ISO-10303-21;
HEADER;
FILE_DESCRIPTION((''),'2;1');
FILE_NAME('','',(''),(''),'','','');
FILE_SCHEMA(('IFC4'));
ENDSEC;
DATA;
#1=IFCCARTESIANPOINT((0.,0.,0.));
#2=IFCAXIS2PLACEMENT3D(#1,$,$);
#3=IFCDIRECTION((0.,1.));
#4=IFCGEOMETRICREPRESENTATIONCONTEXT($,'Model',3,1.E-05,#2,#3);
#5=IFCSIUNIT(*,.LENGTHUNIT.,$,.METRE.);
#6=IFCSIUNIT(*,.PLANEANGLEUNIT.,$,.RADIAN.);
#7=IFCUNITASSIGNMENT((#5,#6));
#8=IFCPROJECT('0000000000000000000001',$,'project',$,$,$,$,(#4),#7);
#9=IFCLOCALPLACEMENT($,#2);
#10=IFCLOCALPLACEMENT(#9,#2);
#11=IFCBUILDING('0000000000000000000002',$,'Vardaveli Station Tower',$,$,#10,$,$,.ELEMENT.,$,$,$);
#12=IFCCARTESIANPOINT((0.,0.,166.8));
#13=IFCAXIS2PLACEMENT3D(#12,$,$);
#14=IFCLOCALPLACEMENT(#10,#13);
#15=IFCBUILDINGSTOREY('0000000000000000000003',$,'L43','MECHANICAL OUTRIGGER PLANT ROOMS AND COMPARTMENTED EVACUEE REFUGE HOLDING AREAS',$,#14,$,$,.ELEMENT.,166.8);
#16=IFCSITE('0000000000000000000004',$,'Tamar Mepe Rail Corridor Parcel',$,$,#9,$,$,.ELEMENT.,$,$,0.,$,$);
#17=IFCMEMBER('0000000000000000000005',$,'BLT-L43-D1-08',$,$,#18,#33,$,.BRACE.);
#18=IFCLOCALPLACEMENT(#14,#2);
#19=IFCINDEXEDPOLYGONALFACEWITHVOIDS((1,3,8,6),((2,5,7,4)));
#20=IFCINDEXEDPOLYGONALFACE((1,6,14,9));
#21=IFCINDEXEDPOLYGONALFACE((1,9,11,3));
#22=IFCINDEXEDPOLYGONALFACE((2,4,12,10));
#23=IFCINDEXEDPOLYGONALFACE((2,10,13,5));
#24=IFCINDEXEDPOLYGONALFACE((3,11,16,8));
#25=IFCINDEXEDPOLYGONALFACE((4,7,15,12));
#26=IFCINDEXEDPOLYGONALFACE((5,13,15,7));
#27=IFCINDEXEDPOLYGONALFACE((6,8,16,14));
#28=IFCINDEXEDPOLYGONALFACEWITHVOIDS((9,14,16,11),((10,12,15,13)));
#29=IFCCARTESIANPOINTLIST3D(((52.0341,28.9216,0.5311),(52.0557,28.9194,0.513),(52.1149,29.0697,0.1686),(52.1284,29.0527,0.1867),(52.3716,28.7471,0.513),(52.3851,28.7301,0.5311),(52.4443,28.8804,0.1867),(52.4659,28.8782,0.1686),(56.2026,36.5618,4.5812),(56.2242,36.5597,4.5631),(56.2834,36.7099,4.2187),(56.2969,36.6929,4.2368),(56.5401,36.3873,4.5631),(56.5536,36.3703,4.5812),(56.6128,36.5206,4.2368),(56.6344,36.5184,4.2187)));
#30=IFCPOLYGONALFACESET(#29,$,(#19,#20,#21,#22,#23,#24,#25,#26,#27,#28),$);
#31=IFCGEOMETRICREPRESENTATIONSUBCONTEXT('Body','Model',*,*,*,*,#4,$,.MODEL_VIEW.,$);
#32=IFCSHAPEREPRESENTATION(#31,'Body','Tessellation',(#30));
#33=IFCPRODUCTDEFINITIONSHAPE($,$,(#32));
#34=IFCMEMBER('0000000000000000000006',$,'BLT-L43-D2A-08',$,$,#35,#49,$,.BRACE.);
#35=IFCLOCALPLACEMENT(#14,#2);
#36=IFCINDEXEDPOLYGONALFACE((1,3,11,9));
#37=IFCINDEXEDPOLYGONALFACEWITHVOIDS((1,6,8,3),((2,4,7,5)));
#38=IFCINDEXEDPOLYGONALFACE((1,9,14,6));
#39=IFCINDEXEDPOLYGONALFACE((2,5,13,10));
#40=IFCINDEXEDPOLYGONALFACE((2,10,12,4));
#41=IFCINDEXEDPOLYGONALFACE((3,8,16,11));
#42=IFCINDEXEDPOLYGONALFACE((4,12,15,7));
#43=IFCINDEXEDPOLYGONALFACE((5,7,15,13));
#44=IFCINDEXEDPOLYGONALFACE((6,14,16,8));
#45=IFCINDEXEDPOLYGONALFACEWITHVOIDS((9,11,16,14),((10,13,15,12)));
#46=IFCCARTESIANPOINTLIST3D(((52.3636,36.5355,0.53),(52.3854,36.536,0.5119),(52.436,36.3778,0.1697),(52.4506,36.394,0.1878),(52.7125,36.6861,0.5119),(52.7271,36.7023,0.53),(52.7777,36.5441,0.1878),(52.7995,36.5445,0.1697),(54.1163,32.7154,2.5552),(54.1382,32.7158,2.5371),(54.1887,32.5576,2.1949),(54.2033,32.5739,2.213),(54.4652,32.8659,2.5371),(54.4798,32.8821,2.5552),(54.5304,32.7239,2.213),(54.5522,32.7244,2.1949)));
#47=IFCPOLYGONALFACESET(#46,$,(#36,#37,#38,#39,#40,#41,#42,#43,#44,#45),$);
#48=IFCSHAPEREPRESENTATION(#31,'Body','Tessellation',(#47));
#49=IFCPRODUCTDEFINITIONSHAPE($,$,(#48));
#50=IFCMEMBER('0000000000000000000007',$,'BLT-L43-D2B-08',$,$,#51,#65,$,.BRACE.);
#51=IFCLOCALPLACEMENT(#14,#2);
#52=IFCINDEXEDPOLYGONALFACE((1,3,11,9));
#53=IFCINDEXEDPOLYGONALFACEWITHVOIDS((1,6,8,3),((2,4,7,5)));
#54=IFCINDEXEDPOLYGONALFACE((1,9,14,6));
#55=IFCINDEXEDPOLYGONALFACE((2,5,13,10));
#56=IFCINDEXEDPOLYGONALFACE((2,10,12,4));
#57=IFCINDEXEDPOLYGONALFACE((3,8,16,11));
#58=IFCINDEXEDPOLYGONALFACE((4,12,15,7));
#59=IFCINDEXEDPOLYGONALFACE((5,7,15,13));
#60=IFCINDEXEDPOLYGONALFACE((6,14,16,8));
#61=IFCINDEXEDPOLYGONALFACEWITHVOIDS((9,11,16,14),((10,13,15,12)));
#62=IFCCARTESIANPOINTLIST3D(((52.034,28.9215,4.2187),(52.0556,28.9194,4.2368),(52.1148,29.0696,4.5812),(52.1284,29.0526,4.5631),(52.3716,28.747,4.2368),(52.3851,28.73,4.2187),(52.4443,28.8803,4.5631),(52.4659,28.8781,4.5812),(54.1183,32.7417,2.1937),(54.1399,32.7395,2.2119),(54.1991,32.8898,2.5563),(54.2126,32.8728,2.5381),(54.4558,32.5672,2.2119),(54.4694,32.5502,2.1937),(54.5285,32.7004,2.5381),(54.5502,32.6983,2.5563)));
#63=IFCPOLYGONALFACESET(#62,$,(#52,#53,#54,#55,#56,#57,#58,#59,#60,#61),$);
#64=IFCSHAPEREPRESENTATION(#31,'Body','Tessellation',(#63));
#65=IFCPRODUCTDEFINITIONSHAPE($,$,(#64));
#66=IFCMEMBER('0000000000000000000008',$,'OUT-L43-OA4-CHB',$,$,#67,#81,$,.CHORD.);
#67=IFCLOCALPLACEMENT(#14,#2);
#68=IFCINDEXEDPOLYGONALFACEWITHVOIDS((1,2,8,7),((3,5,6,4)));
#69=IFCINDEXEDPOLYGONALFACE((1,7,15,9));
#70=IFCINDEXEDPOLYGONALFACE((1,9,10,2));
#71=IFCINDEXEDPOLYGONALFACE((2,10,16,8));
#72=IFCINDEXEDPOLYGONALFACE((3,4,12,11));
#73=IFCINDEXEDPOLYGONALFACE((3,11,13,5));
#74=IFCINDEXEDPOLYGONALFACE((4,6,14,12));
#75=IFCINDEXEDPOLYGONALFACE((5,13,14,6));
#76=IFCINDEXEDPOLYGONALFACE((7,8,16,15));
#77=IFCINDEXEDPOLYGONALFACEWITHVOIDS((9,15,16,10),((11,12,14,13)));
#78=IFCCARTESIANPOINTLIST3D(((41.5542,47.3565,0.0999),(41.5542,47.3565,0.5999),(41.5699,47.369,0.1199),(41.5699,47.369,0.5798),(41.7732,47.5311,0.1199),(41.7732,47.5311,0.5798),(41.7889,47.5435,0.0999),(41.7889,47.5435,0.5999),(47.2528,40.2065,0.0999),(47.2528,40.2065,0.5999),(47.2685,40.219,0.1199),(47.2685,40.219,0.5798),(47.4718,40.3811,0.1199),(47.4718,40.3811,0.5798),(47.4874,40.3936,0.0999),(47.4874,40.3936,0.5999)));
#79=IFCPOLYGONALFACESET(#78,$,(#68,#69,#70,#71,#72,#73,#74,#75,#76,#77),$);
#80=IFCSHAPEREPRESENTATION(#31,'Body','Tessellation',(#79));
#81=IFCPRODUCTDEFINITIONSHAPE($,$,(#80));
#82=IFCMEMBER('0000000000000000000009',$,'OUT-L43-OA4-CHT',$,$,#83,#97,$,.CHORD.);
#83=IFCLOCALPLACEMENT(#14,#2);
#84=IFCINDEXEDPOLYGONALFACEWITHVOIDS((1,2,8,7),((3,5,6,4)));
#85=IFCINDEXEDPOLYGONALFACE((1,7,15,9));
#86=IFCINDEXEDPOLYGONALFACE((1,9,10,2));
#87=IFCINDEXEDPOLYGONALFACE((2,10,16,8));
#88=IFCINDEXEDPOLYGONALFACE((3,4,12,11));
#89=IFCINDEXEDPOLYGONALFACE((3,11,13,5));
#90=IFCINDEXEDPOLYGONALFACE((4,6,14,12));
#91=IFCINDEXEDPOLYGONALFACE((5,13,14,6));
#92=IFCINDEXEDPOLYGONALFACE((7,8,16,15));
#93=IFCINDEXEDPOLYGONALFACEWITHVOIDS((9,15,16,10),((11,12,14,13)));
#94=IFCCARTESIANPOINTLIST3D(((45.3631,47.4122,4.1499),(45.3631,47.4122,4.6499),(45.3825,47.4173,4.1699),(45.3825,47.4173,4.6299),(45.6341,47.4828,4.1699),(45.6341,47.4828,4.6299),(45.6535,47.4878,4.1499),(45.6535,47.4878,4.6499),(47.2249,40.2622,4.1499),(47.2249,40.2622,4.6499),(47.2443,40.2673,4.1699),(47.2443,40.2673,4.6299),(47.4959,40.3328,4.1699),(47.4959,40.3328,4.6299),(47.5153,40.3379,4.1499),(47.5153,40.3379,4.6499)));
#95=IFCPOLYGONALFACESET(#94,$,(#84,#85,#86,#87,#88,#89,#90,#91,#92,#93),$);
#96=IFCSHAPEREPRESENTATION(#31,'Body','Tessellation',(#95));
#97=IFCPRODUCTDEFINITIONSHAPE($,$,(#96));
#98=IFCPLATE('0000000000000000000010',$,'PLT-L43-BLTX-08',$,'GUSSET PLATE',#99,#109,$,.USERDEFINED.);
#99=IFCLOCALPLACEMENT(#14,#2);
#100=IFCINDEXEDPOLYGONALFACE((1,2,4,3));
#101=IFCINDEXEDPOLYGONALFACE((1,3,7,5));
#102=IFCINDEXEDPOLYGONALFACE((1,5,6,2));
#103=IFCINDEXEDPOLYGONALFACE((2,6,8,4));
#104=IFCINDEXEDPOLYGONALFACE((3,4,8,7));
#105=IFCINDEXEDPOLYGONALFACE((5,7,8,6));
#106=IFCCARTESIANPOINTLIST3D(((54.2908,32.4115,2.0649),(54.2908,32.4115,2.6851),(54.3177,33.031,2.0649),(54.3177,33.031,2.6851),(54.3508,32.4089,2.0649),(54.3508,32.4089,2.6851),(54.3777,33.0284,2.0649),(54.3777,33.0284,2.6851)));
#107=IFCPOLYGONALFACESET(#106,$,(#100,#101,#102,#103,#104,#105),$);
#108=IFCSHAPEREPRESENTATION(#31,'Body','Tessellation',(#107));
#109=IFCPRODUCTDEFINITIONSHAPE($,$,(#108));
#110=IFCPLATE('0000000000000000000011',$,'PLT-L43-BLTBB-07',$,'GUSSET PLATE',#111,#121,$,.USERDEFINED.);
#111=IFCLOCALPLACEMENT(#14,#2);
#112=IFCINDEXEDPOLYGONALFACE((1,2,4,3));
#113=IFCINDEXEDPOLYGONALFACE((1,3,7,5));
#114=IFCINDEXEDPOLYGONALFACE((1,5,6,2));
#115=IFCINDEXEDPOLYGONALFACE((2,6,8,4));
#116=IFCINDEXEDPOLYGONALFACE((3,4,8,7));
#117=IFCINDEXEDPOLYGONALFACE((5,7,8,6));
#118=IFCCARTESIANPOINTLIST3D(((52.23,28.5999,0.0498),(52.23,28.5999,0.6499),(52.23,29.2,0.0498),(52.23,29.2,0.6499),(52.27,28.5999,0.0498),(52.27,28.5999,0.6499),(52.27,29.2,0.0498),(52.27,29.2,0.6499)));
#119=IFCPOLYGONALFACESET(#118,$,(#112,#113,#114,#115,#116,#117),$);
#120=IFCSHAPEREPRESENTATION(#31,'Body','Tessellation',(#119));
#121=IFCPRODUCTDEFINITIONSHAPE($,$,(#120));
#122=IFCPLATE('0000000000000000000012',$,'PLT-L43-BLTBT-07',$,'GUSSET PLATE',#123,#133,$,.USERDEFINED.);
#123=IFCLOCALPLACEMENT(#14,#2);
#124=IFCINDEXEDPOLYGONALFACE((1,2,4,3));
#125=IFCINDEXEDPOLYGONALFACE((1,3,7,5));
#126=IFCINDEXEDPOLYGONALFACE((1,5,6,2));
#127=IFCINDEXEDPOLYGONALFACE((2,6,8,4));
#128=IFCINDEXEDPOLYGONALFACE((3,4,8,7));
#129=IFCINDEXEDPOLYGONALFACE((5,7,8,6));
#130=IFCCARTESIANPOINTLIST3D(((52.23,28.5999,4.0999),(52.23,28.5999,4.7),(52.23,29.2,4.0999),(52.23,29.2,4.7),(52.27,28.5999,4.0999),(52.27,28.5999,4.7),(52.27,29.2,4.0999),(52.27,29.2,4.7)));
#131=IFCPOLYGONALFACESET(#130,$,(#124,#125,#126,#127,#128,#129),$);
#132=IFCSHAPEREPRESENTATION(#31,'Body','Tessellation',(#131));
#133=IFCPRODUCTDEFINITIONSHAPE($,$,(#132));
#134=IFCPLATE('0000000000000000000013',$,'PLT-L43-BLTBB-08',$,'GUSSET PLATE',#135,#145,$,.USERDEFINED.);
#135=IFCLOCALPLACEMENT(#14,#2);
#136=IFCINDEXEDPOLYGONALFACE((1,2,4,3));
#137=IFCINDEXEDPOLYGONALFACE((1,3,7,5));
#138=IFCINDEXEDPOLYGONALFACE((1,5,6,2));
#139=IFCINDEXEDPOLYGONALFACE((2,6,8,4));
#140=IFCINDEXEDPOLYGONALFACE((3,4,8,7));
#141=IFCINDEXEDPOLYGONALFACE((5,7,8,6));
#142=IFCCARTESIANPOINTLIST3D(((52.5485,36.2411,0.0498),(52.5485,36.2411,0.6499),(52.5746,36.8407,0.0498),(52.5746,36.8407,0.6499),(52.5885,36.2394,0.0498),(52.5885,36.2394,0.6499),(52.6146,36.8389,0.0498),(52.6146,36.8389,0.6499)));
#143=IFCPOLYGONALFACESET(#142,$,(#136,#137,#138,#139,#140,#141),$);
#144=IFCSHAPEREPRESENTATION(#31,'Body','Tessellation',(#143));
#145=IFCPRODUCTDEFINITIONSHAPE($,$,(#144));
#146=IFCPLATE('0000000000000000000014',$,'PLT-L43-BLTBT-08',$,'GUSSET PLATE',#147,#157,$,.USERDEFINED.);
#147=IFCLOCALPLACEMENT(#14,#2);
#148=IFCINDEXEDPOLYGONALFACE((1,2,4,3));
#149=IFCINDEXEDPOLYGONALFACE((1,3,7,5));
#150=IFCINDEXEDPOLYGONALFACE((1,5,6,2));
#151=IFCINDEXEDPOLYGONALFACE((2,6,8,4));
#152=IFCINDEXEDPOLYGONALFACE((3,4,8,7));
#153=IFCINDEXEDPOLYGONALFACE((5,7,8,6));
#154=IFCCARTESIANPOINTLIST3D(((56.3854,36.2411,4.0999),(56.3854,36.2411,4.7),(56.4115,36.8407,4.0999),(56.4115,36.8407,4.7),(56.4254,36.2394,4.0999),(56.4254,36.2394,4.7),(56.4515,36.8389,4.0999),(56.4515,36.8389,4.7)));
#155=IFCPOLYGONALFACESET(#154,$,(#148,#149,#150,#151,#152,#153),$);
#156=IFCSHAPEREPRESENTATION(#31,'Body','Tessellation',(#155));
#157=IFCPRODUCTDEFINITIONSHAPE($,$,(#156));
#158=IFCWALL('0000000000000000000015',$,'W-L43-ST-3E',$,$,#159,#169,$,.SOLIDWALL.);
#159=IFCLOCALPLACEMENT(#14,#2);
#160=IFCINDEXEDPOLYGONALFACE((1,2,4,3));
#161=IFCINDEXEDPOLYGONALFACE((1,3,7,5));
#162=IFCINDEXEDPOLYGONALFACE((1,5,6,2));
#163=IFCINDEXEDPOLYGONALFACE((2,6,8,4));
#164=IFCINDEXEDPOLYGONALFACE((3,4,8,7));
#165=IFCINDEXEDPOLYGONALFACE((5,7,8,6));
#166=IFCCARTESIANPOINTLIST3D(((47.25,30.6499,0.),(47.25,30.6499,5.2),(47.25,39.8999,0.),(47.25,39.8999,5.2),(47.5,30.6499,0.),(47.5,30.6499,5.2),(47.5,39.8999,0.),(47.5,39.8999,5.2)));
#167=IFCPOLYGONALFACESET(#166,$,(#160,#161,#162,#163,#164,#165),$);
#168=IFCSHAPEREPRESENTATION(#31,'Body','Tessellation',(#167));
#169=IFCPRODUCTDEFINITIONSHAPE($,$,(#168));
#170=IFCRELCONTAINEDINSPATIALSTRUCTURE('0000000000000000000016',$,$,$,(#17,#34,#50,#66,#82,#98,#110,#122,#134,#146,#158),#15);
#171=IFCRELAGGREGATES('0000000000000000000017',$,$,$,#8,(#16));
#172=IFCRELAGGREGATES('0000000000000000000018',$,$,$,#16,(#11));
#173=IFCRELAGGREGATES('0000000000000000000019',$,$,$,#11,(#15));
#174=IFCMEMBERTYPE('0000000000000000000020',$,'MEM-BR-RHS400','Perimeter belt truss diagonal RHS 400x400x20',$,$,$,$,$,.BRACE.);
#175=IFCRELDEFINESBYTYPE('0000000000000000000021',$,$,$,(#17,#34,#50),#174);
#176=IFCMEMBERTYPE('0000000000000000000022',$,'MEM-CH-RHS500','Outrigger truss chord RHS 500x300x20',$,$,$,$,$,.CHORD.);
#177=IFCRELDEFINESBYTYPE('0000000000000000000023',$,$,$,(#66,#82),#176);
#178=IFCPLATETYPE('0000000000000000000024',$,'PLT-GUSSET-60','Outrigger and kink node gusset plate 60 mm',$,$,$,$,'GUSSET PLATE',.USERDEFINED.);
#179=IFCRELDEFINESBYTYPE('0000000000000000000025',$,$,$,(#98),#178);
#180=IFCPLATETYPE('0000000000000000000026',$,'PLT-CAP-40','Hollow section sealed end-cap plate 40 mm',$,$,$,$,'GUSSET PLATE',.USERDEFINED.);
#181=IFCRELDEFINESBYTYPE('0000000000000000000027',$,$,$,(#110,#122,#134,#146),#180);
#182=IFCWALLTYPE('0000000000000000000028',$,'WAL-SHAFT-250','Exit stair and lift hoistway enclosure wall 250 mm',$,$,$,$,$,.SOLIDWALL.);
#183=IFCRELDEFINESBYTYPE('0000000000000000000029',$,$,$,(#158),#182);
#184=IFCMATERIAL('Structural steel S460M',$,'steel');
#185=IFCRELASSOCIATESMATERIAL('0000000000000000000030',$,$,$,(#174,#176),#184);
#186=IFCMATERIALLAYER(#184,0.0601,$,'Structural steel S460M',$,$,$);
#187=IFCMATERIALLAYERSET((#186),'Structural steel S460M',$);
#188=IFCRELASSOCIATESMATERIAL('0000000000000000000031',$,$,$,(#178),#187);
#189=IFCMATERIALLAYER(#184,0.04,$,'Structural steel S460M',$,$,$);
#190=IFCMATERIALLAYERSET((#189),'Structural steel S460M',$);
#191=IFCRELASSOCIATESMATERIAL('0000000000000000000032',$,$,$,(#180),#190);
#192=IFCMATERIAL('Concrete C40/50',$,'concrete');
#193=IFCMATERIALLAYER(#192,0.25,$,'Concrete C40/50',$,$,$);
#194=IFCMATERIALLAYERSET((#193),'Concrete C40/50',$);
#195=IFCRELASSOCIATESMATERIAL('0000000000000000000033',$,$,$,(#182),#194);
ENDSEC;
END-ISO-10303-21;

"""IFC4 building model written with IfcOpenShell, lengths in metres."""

from ifc_helpers import new_model, si_unit, direction, frame, frame_2d, origin, origin_2d, place, context, subcontext, project, spatial, rectangle, hollow_rectangle, extrude, source, transform, mapped, material, layer, layer_set, material_profile, profile_set, type_object, element, save


model = new_model("IFC4")

# Units and contexts
model_context = context("Model", 3, precision=1e-05, world=origin(), true_north=direction((0.0, 1.0)))
body_context = subcontext(model_context, "Body", "Model", "MODEL_VIEW")
ifc_project = project(units=[si_unit("LENGTHUNIT", "METRE"), si_unit("PLANEANGLEUNIT", "RADIAN")], contexts=[model_context])

# Site, building, storey
site_placement = place(None, origin())
site = spatial("IfcSite", under=ifc_project, at=site_placement, Name="Tamar Mepe Rail Corridor Parcel", CompositionType="ELEMENT", RefElevation=0.0)
building_placement = place(site_placement, origin())
building = spatial("IfcBuilding", under=site, at=building_placement, Name="Vardaveli Station Tower", CompositionType="ELEMENT")
storey_placement = place(building_placement, frame((0.0, 0.0, 166.8)))
storey = spatial("IfcBuildingStorey", under=building, at=storey_placement, Name="L43", Description="MECHANICAL OUTRIGGER PLANT ROOMS AND COMPARTMENTED EVACUEE REFUGE HOLDING AREAS", CompositionType="ELEMENT", Elevation=166.8)

# Shared definitions
ifc_material_1 = material(Name="Structural steel S460M", Category="steel")

# Members
ifc_material_profile_1 = material_profile(ifc_material_1, hollow_rectangle(XDim=0.3999, YDim=0.3999, WallThickness=0.02, at=origin_2d()), Name="RHS 400x400x20")
ifc_profile_set_1 = profile_set([ifc_material_profile_1], Name="Structural steel S460M")
member_type_1 = type_object("IfcMemberType", Name="MEM-BR-RHS400", Description="Perimeter belt truss diagonal RHS 400x400x20", PredefinedType="BRACE", material=ifc_profile_set_1)
shared_shape_1 = source(origin(), body_context, "Body", "SweptSolid", [
    extrude(hollow_rectangle(XDim=0.3999, YDim=0.3999, WallThickness=0.02, at=origin_2d()), origin(), (0.0, 0.0, 1.0), 9.5996),
])
member_1_placement = place(storey_placement, frame((52.25, 28.8999, 0.3499), z_axis=(0.434236, 0.795888, 0.421902), x_axis=(-0.877842, 0.47895, 0.0)))
element("IfcMember", 1, at=member_1_placement, inside=storey, type_object=member_type_1, Name="BLT-L43-D1-08", PredefinedType="BRACE", context=body_context, shape_type="MappedRepresentation", body=[
    mapped(shared_shape_1, transform((0.0, 0.0, 0.0), scale=1.0)),
])
shared_shape_2 = source(origin(), body_context, "Body", "SweptSolid", [
    extrude(hollow_rectangle(XDim=0.3999, YDim=0.3999, WallThickness=0.02, at=origin_2d()), origin(), (0.0, 0.0, 1.0), 4.6655),
])
member_2_placement = place(storey_placement, frame((52.5815, 36.54, 0.3499), z_axis=(0.375677, -0.818807, 0.434077), x_axis=(0.908901, 0.417013, 0.0)))
element("IfcMember", 2, at=member_2_placement, inside=storey, type_object=member_type_1, Name="BLT-L43-D2A-08", PredefinedType="BRACE", context=body_context, shape_type="MappedRepresentation", body=[
    mapped(shared_shape_2, transform((0.0, 0.0, 0.0), scale=1.0)),
])
shared_shape_3 = source(origin(), body_context, "Body", "SweptSolid", [
    extrude(hollow_rectangle(XDim=0.3999, YDim=0.3999, WallThickness=0.02, at=origin_2d()), origin(), (0.0, 0.0, 1.0), 4.7998),
])
member_3_placement = place(storey_placement, frame((54.3342, 32.72, 2.375), z_axis=(-0.434241, -0.795897, 0.421881), x_axis=(0.877842, -0.47895, 0.0)))
element("IfcMember", 3, at=member_3_placement, inside=storey, type_object=member_type_1, Name="BLT-L43-D2B-08", PredefinedType="BRACE", context=body_context, shape_type="MappedRepresentation", body=[
    mapped(shared_shape_3, transform((0.0, 0.0, 0.0), scale=1.0)),
])
ifc_material_profile_2 = material_profile(ifc_material_1, hollow_rectangle(XDim=0.3, YDim=0.5, WallThickness=0.02, at=origin_2d()), Name="RHS 500x300x20")
ifc_profile_set_2 = profile_set([ifc_material_profile_2], Name="Structural steel S460M")
member_type_2 = type_object("IfcMemberType", Name="MEM-CH-RHS500", Description="Outrigger truss chord RHS 500x300x20", PredefinedType="CHORD", material=ifc_profile_set_2)
shared_shape_4 = source(origin(), body_context, "Body", "SweptSolid", [
    extrude(hollow_rectangle(XDim=0.3, YDim=0.5, WallThickness=0.02, at=origin_2d()), origin(), (0.0, 0.0, 1.0), 9.1431),
])
member_4_placement = place(storey_placement, frame((47.3701, 40.3, 0.3499), z_axis=(-0.623264, 0.782011, 0.0), x_axis=(-0.782011, -0.623264, 0.0)))
element("IfcMember", 4, at=member_4_placement, inside=storey, type_object=member_type_2, Name="OUT-L43-OA4-CHB", PredefinedType="CHORD", context=body_context, shape_type="MappedRepresentation", body=[
    mapped(shared_shape_4, transform((0.0, 0.0, 0.0), scale=1.0)),
])
shared_shape_5 = source(origin(), body_context, "Body", "SweptSolid", [
    extrude(hollow_rectangle(XDim=0.3, YDim=0.5, WallThickness=0.02, at=origin_2d()), origin(), (0.0, 0.0, 1.0), 7.3884),
])
member_5_placement = place(storey_placement, frame((47.3701, 40.3, 4.3999), z_axis=(-0.251994, 0.967729, 0.0), x_axis=(-0.967729, -0.251994, 0.0)))
element("IfcMember", 5, at=member_5_placement, inside=storey, type_object=member_type_2, Name="OUT-L43-OA4-CHT", PredefinedType="CHORD", context=body_context, shape_type="MappedRepresentation", body=[
    mapped(shared_shape_5, transform((0.0, 0.0, 0.0), scale=1.0)),
])

# Plates
ifc_layer_1 = layer(ifc_material_1, 0.0601, Name="Structural steel S460M")
ifc_layer_set_1 = layer_set([ifc_layer_1], Name="Structural steel S460M")
plate_type_1 = type_object("IfcPlateType", Name="PLT-GUSSET-60", Description="Outrigger and kink node gusset plate 60 mm", ElementType="GUSSET PLATE", PredefinedType="USERDEFINED", material=ifc_layer_set_1)
shared_shape_6 = source(origin(), body_context, "Body", "SweptSolid", [
    extrude(rectangle(XDim=0.6201, YDim=0.0601, at=origin_2d()), origin(), (0.0, 0.0, 1.0), 0.6201),
])
plate_placement = place(storey_placement, frame((54.3342, 32.72, 2.0649), z_axis=(0.0, 0.0, 1.0), x_axis=(0.043445, 0.999056, 0.0)))
element("IfcPlate", 6, at=plate_placement, inside=storey, type_object=plate_type_1, Name="PLT-L43-BLTX-08", ObjectType="GUSSET PLATE", PredefinedType="USERDEFINED", context=body_context, shape_type="MappedRepresentation", body=[
    mapped(shared_shape_6, transform((0.0, 0.0, 0.0), scale=1.0)),
])
ifc_layer_2 = layer(ifc_material_1, 0.04, Name="Structural steel S460M")
ifc_layer_set_2 = layer_set([ifc_layer_2], Name="Structural steel S460M")
plate_type_2 = type_object("IfcPlateType", Name="PLT-CAP-40", Description="Hollow section sealed end-cap plate 40 mm", ElementType="GUSSET PLATE", PredefinedType="USERDEFINED", material=ifc_layer_set_2)
shared_shape_7 = source(origin(), body_context, "Body", "SweptSolid", [
    extrude(rectangle(XDim=0.6001, YDim=0.04, at=origin_2d()), origin(), (0.0, 0.0, 1.0), 0.6001),
])
for number, where, z_axis, x_axis, name in (
    (7, (52.25, 28.8999, 0.0498), (0.0, 0.0, 1.0), (0.0, 1.0, 0.0), "PLT-L43-BLTBB-07"),
    (8, (52.25, 28.8999, 4.0999), (0.0, 0.0, 1.0), (0.0, 1.0, 0.0), "PLT-L43-BLTBT-07"),
    (9, (52.5815, 36.54, 0.0498), (0.0, 0.0, 1.0), (0.043445, 0.999056, 0.0), "PLT-L43-BLTBB-08"),
    (10, (56.4185, 36.54, 4.0999), (0.0, 0.0, 1.0), (0.043445, 0.999056, 0.0), "PLT-L43-BLTBT-08"),
):
    element("IfcPlate", number, at=place(storey_placement, frame(where, z_axis=z_axis, x_axis=x_axis)), inside=storey, type_object=plate_type_2, Name=name, ObjectType="GUSSET PLATE", PredefinedType="USERDEFINED", context=body_context, shape_type="MappedRepresentation", body=[
        mapped(shared_shape_7, transform((0.0, 0.0, 0.0), scale=1.0)),
    ])

# Wall
ifc_material_2 = material(Name="Concrete C40/50", Category="concrete")
ifc_layer_3 = layer(ifc_material_2, 0.25, Name="Concrete C40/50")
ifc_layer_set_3 = layer_set([ifc_layer_3], Name="Concrete C40/50")
wall_type = type_object("IfcWallType", Name="WAL-SHAFT-250", Description="Exit stair and lift hoistway enclosure wall 250 mm", PredefinedType="SOLIDWALL", material=ifc_layer_set_3)
shared_shape_8 = source(origin(), body_context, "Body", "SweptSolid", [
    extrude(rectangle(XDim=9.25, YDim=0.25, at=frame_2d((4.625, 0.0))), origin(), (0.0, 0.0, 1.0), 5.2),
])
wall_placement = place(storey_placement, frame((47.375, 30.6499, 0.0), z_axis=(0.0, 0.0, 1.0), x_axis=(0.0, 1.0, 0.0)))
element("IfcWall", 11, at=wall_placement, inside=storey, type_object=wall_type, Name="W-L43-ST-3E", PredefinedType="SOLIDWALL", context=body_context, shape_type="MappedRepresentation", body=[
    mapped(shared_shape_8, transform((0.0, 0.0, 0.0), scale=1.0)),
])

save(model, "model.ifc")
